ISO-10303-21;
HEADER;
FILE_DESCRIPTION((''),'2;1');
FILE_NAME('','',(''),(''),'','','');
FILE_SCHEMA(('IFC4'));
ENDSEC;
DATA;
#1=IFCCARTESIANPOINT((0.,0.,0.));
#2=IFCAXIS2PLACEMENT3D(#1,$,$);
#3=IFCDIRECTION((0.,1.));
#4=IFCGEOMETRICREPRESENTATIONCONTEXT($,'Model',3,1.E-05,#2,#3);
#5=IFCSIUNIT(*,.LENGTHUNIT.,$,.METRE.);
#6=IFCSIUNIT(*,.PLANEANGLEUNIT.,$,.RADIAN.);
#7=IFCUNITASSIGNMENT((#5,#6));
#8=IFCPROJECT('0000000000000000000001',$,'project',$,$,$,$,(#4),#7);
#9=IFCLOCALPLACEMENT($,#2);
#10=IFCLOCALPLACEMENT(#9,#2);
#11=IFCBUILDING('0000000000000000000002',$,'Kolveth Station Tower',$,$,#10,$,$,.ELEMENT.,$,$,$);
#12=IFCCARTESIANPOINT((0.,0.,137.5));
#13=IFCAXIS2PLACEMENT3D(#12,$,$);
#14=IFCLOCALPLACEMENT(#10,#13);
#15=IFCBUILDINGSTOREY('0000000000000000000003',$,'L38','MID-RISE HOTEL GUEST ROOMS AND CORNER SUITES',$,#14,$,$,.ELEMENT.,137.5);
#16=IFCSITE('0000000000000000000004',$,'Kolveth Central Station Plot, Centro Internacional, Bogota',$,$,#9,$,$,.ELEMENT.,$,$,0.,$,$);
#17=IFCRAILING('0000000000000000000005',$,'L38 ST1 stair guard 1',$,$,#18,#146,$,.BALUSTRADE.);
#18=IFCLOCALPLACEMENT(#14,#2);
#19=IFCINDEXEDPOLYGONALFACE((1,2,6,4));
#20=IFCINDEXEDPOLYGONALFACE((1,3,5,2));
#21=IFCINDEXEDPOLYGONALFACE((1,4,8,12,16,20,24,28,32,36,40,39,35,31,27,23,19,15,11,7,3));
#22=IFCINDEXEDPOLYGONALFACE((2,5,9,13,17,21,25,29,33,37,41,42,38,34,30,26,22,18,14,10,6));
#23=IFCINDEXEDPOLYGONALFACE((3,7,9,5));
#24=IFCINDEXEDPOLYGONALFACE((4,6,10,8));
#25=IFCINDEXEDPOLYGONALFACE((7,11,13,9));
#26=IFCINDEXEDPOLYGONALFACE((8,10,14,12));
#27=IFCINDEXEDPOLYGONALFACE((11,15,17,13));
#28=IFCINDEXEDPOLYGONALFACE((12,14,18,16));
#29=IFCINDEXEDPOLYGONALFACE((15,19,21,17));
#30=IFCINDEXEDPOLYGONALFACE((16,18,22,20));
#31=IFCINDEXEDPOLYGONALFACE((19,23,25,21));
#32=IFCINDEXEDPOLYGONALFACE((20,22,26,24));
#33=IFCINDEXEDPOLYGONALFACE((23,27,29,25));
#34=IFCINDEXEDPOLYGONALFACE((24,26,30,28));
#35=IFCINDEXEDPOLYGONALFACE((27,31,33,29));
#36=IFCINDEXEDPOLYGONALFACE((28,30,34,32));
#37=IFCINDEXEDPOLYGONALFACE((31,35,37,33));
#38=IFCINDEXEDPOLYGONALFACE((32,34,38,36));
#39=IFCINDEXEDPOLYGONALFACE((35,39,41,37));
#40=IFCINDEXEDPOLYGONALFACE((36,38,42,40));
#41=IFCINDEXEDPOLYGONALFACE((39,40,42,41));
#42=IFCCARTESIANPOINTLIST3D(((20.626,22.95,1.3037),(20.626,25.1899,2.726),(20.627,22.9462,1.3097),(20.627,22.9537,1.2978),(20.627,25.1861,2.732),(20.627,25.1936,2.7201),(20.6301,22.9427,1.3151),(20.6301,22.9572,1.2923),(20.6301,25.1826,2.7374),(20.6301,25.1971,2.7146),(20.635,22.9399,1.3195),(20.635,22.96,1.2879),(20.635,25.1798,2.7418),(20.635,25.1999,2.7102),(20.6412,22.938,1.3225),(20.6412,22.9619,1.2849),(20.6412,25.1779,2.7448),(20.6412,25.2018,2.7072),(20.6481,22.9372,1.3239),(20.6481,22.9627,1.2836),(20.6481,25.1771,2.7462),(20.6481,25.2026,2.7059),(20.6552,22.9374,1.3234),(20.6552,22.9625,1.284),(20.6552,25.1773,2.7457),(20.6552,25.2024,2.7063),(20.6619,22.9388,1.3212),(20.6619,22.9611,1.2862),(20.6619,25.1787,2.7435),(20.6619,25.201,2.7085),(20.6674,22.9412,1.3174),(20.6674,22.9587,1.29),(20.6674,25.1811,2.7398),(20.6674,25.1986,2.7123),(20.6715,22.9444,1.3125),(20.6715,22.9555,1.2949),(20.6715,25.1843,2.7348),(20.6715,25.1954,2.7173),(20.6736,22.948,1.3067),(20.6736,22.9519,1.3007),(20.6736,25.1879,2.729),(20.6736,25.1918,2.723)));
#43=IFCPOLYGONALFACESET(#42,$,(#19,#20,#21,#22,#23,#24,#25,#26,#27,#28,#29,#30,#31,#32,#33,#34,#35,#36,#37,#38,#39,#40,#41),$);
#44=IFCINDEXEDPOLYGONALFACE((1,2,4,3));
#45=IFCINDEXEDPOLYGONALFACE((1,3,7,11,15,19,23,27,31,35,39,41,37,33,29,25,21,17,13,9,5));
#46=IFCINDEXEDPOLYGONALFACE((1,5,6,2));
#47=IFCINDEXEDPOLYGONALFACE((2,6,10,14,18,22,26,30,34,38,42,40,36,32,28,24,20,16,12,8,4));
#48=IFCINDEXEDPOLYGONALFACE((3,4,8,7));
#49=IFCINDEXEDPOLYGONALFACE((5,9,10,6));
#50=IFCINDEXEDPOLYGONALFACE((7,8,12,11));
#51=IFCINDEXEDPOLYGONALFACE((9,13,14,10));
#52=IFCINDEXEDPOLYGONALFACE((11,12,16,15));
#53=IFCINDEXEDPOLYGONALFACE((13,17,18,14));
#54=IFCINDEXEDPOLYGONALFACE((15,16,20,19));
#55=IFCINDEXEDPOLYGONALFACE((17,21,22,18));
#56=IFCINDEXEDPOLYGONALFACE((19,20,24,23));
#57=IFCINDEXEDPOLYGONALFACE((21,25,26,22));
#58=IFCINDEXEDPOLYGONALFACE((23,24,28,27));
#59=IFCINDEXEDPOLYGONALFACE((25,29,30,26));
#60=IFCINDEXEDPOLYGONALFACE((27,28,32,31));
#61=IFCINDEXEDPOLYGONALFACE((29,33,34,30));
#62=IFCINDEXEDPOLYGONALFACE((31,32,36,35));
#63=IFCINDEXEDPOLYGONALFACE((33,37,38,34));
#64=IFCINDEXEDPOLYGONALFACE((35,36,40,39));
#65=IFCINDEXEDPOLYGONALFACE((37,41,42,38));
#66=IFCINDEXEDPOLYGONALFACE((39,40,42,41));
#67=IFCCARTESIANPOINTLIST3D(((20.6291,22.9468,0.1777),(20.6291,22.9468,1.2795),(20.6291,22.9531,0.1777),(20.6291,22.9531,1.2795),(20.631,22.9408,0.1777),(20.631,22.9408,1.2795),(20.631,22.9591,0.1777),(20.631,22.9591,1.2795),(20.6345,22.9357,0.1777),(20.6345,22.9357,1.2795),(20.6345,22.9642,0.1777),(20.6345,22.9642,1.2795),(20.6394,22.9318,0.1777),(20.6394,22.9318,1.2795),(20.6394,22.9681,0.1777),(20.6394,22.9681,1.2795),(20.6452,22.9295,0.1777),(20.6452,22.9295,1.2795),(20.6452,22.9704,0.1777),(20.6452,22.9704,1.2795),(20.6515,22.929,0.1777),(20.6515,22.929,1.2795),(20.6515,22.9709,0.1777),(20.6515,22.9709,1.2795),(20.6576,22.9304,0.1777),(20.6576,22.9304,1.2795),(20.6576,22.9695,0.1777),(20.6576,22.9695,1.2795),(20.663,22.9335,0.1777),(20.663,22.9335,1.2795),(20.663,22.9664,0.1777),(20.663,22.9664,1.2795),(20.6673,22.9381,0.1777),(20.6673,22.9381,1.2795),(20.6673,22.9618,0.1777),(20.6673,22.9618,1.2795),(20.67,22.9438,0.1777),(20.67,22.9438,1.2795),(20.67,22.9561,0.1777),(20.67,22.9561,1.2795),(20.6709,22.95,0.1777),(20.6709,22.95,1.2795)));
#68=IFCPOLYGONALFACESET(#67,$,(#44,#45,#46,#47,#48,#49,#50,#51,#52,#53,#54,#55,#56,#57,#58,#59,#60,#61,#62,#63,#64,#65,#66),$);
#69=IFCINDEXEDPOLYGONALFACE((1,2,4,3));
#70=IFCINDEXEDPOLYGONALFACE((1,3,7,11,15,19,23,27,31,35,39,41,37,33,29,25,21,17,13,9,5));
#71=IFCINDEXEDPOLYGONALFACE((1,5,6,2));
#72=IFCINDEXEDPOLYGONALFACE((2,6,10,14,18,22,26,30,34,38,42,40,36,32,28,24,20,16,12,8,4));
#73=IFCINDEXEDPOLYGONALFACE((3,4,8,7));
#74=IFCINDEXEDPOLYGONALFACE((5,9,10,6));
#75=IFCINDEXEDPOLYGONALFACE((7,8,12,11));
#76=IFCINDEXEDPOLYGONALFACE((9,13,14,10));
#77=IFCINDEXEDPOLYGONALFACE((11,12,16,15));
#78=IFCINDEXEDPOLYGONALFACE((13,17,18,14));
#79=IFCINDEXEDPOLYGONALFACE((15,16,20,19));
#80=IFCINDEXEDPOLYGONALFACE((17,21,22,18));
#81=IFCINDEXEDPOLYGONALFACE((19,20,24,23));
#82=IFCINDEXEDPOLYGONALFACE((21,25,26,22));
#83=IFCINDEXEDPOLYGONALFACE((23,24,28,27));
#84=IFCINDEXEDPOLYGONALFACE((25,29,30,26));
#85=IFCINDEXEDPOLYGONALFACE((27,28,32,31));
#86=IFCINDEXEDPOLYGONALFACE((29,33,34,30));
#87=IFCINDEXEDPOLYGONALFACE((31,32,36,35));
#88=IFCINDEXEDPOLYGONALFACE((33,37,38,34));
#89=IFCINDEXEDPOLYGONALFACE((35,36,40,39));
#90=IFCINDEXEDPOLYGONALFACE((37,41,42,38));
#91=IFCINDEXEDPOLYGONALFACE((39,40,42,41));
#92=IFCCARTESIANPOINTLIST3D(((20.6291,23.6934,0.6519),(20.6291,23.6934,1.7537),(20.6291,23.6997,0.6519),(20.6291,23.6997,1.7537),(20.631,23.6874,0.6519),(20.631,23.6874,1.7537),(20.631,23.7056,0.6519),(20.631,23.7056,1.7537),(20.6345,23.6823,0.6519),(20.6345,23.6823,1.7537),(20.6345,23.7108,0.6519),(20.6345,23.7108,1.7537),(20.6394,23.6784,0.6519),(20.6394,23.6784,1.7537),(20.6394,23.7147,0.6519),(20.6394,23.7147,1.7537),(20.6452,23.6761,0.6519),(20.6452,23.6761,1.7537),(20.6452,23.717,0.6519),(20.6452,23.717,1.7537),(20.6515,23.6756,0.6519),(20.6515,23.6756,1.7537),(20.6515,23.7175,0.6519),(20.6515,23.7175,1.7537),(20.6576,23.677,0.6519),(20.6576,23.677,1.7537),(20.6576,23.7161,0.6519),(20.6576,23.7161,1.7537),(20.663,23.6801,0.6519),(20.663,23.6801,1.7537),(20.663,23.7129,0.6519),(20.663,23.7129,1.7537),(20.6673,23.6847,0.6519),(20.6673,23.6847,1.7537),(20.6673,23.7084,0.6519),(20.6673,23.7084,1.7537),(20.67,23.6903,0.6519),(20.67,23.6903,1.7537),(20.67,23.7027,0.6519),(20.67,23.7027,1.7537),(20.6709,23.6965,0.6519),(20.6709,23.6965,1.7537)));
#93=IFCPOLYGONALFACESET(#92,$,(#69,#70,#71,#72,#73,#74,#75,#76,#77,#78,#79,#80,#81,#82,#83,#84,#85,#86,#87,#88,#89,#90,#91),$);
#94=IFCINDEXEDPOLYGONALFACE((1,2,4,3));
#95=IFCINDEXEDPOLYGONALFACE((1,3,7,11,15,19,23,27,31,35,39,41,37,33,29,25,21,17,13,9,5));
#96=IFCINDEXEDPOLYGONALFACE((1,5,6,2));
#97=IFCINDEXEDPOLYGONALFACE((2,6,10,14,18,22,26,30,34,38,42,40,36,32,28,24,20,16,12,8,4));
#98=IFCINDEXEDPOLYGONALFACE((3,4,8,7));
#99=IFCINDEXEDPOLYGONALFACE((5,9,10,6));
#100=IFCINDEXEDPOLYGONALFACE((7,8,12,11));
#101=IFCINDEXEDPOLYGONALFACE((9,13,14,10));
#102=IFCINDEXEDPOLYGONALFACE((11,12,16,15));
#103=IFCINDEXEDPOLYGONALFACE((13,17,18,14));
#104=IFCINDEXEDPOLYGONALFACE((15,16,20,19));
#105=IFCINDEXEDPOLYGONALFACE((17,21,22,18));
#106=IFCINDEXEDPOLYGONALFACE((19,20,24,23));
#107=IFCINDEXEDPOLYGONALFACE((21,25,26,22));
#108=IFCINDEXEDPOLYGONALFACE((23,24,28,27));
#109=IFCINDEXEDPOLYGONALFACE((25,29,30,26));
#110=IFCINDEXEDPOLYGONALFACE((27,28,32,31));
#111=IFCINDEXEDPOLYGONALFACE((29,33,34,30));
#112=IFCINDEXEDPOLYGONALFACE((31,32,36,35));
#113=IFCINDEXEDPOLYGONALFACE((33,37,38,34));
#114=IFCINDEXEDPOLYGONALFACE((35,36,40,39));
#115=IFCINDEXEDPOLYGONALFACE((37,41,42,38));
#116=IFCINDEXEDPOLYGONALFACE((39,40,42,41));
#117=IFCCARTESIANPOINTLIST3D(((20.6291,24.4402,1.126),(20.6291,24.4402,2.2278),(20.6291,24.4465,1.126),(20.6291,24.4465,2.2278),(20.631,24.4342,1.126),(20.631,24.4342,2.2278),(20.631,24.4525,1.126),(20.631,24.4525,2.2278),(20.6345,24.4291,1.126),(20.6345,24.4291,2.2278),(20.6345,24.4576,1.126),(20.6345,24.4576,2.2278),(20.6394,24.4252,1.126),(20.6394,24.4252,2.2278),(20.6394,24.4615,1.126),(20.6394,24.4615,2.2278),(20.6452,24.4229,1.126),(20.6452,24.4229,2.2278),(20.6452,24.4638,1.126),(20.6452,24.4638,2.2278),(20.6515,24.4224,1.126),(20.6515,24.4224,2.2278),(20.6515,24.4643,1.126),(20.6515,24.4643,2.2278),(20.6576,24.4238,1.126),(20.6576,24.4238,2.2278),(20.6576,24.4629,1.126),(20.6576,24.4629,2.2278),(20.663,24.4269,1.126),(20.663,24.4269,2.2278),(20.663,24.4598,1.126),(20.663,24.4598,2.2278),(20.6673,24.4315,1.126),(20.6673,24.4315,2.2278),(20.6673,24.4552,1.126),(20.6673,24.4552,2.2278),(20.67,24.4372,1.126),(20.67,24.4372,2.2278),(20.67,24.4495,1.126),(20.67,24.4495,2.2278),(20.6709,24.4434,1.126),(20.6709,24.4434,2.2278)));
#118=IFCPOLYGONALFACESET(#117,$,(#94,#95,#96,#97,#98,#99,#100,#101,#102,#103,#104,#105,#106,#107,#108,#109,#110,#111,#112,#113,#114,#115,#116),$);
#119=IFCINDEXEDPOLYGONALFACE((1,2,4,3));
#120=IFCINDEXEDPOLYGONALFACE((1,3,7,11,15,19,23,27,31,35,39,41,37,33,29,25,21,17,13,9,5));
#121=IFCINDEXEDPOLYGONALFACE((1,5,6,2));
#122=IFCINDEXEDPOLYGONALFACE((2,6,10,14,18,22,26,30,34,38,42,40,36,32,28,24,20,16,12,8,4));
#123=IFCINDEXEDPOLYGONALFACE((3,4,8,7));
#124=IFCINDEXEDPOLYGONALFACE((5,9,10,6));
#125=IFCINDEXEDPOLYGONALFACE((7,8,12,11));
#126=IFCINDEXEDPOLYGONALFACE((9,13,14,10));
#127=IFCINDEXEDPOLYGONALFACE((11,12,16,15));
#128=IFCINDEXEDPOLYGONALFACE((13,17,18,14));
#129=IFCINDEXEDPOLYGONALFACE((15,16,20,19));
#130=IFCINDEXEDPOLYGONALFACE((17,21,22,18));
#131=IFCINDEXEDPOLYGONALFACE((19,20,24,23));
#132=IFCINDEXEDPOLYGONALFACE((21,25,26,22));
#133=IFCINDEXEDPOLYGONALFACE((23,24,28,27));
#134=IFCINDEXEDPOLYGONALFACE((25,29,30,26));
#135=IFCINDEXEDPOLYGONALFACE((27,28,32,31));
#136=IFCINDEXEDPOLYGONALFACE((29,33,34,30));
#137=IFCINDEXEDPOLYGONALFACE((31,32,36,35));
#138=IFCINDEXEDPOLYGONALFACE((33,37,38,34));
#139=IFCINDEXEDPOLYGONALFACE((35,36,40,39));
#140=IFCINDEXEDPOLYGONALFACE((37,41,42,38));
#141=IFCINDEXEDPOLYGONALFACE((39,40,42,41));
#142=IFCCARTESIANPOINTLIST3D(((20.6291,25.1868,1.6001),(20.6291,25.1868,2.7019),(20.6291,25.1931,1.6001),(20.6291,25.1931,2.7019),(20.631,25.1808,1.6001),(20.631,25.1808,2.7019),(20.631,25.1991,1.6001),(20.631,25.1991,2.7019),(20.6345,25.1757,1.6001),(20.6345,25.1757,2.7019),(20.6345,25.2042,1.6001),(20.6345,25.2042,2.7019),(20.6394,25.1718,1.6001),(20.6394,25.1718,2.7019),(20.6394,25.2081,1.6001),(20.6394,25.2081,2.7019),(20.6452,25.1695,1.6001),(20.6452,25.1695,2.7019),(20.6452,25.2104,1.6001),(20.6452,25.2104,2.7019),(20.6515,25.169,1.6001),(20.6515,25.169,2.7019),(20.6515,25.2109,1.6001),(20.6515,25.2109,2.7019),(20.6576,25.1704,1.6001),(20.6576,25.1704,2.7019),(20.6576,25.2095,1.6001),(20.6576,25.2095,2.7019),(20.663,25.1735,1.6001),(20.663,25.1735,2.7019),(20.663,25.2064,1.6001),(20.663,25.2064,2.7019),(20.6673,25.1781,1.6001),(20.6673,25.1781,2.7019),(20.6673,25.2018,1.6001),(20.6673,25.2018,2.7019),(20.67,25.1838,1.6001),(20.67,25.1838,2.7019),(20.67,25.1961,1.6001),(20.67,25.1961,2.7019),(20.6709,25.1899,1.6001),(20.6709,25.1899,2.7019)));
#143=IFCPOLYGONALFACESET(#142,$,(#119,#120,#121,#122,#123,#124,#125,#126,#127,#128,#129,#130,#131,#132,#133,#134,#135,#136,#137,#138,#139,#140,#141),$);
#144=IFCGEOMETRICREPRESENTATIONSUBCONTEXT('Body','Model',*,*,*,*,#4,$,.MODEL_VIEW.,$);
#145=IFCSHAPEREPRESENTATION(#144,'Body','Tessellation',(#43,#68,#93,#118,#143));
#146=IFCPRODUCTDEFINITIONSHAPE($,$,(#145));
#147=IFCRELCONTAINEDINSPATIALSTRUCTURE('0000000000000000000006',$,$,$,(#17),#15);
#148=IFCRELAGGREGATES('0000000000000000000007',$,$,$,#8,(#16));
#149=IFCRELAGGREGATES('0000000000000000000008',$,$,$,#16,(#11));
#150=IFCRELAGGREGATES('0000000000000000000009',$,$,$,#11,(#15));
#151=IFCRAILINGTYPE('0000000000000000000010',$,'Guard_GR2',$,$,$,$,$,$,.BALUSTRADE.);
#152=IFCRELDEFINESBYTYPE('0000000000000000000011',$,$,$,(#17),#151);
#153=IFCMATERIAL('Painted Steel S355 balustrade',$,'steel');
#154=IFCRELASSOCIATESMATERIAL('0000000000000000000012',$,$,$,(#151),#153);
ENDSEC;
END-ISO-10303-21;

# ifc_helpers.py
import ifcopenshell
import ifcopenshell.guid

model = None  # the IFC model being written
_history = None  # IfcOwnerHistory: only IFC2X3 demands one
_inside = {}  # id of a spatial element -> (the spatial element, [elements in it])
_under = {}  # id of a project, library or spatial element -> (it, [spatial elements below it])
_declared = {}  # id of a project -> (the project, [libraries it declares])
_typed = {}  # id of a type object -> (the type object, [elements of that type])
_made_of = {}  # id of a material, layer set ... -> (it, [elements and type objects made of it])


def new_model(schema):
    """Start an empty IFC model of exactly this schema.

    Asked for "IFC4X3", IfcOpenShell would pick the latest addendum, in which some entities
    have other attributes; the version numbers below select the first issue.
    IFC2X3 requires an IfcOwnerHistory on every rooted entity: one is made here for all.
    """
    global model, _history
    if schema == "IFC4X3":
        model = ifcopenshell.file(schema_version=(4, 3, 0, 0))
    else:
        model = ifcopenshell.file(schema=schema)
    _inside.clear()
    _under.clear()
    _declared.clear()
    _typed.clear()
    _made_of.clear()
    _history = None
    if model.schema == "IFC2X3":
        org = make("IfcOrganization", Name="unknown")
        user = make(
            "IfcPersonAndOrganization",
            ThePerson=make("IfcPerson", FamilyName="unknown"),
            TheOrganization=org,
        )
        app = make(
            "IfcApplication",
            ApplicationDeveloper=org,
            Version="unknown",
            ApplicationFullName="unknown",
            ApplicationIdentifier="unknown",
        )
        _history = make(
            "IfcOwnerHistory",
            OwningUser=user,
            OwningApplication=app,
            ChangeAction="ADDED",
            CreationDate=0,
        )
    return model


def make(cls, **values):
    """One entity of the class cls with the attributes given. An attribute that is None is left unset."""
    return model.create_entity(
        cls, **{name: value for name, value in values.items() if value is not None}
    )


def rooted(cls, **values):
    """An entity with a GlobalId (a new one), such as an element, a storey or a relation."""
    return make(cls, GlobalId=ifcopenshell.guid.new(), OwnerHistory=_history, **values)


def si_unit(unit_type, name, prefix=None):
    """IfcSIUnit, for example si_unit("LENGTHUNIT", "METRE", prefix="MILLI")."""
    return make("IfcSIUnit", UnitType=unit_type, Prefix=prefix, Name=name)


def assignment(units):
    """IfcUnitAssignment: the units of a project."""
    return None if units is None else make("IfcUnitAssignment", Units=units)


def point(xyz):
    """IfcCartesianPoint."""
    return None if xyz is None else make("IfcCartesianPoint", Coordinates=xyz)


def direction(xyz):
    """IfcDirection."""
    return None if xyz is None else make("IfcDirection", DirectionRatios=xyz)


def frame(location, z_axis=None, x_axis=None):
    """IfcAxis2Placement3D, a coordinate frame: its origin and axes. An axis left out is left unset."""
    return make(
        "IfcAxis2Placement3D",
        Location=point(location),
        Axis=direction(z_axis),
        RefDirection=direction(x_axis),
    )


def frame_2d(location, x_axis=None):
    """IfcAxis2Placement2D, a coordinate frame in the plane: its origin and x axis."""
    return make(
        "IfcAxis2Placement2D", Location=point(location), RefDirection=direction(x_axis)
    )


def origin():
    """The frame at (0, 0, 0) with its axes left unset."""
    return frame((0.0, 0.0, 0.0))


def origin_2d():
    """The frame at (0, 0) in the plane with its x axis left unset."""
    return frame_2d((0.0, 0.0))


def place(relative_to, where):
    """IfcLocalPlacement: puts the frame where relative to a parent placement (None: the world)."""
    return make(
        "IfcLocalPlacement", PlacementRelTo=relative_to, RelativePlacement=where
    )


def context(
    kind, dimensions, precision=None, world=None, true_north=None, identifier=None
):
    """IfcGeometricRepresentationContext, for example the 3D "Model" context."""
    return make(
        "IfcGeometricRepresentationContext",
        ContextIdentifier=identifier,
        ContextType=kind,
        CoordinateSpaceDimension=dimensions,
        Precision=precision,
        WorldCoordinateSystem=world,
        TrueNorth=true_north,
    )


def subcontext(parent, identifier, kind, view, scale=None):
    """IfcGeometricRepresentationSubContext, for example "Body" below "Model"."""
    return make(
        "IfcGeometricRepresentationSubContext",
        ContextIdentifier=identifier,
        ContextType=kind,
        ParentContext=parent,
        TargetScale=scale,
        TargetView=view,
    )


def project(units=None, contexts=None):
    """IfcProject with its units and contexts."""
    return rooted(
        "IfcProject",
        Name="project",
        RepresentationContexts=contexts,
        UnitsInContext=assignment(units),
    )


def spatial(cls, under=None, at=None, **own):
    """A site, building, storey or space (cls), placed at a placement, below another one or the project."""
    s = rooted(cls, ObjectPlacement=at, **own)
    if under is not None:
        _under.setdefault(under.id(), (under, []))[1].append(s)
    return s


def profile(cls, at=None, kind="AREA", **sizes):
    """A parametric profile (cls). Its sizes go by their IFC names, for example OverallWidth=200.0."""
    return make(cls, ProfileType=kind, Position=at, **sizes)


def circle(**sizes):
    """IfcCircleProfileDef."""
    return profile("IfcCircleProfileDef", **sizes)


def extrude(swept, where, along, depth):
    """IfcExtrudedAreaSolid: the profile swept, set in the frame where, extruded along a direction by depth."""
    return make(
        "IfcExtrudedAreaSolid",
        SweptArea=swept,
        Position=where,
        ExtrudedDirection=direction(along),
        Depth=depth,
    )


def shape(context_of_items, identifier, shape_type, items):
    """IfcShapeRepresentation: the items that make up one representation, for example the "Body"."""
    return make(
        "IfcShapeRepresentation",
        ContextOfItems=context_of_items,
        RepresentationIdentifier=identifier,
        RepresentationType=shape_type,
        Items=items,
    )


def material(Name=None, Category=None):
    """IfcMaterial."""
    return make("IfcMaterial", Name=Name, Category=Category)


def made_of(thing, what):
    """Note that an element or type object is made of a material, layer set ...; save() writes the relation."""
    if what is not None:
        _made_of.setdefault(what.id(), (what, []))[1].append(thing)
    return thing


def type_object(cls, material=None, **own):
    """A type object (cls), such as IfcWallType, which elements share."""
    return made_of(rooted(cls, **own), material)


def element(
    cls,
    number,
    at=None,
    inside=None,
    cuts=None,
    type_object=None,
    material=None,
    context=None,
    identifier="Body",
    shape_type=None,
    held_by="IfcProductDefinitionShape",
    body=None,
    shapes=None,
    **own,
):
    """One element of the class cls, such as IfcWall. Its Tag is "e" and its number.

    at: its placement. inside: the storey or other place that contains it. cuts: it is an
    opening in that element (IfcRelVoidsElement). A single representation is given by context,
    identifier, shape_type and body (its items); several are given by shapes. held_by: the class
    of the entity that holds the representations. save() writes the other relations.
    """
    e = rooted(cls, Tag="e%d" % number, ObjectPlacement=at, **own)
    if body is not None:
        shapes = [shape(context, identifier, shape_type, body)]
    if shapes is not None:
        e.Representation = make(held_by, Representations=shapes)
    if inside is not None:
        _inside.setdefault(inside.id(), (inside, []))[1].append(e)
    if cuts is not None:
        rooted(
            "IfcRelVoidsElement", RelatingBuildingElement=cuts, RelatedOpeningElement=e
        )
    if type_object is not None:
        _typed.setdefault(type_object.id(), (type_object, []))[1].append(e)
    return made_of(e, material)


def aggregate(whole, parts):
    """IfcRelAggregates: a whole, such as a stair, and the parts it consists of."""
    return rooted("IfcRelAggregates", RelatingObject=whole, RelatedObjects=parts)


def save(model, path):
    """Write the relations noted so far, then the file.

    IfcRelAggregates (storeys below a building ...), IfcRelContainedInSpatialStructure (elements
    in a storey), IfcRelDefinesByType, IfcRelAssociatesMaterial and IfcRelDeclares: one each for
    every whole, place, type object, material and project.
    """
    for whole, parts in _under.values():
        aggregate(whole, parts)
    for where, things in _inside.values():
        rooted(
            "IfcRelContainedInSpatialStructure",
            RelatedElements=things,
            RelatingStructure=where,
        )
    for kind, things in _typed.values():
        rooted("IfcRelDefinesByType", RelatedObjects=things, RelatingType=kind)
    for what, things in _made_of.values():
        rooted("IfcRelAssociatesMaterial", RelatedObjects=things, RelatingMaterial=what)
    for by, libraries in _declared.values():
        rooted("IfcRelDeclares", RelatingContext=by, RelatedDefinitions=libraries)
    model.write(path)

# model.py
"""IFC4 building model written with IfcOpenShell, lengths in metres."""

from ifc_helpers import new_model, si_unit, direction, frame, origin, origin_2d, place, context, subcontext, project, spatial, circle, extrude, material, type_object, element, save


model = new_model("IFC4")

# Units and contexts
model_context = context("Model", 3, precision=1e-05, world=origin(), true_north=direction((0.0, 1.0)))
body_context = subcontext(model_context, "Body", "Model", "MODEL_VIEW")
ifc_project = project(units=[si_unit("LENGTHUNIT", "METRE"), si_unit("PLANEANGLEUNIT", "RADIAN")], contexts=[model_context])

# Site, building, storey
site_placement = place(None, origin())
site = spatial("IfcSite", under=ifc_project, at=site_placement, Name="Kolveth Central Station Plot, Centro Internacional, Bogota", CompositionType="ELEMENT", RefElevation=0.0)
building_placement = place(site_placement, origin())
building = spatial("IfcBuilding", under=site, at=building_placement, Name="Kolveth Station Tower", CompositionType="ELEMENT")
storey_placement = place(building_placement, frame((0.0, 0.0, 137.5)))
storey = spatial("IfcBuildingStorey", under=building, at=storey_placement, Name="L38", Description="MID-RISE HOTEL GUEST ROOMS AND CORNER SUITES", CompositionType="ELEMENT", Elevation=137.5)

# Railing
ifc_material_1 = material(Name="Painted Steel S355 balustrade", Category="steel")
railing_type_1 = type_object("IfcRailingType", Name="Guard_GR2", PredefinedType="BALUSTRADE", material=ifc_material_1)
railing_1_placement = place(storey_placement, frame((20.6499, 22.95, 0.1777)))
element("IfcRailing", 1, at=railing_1_placement, inside=storey, type_object=railing_type_1, Name="L38 ST1 stair guard 1", PredefinedType="BALUSTRADE", context=body_context, shape_type="SweptSolid", body=[
    extrude(circle(Radius=0.0239, at=origin_2d()), frame((0.0, 0.0, 1.126), z_axis=(0.0, 0.844188, 0.536048), x_axis=(-1.0, 0.0, 0.0)), (0.0, 0.0, 1.0), 2.6533),
    extrude(circle(Radius=0.021, at=origin_2d()), origin(), (0.0, 0.0, 1.0), 1.1018),
    extrude(circle(Radius=0.021, at=origin_2d()), frame((0.0, 0.7466, 0.4741)), (0.0, 0.0, 1.0), 1.1018),
    extrude(circle(Radius=0.021, at=origin_2d()), frame((0.0, 1.4934, 0.9482)), (0.0, 0.0, 1.0), 1.1018),
    extrude(circle(Radius=0.021, at=origin_2d()), frame((0.0, 2.24, 1.4224)), (0.0, 0.0, 1.0), 1.1018),
])

save(model, "model.ifc")
